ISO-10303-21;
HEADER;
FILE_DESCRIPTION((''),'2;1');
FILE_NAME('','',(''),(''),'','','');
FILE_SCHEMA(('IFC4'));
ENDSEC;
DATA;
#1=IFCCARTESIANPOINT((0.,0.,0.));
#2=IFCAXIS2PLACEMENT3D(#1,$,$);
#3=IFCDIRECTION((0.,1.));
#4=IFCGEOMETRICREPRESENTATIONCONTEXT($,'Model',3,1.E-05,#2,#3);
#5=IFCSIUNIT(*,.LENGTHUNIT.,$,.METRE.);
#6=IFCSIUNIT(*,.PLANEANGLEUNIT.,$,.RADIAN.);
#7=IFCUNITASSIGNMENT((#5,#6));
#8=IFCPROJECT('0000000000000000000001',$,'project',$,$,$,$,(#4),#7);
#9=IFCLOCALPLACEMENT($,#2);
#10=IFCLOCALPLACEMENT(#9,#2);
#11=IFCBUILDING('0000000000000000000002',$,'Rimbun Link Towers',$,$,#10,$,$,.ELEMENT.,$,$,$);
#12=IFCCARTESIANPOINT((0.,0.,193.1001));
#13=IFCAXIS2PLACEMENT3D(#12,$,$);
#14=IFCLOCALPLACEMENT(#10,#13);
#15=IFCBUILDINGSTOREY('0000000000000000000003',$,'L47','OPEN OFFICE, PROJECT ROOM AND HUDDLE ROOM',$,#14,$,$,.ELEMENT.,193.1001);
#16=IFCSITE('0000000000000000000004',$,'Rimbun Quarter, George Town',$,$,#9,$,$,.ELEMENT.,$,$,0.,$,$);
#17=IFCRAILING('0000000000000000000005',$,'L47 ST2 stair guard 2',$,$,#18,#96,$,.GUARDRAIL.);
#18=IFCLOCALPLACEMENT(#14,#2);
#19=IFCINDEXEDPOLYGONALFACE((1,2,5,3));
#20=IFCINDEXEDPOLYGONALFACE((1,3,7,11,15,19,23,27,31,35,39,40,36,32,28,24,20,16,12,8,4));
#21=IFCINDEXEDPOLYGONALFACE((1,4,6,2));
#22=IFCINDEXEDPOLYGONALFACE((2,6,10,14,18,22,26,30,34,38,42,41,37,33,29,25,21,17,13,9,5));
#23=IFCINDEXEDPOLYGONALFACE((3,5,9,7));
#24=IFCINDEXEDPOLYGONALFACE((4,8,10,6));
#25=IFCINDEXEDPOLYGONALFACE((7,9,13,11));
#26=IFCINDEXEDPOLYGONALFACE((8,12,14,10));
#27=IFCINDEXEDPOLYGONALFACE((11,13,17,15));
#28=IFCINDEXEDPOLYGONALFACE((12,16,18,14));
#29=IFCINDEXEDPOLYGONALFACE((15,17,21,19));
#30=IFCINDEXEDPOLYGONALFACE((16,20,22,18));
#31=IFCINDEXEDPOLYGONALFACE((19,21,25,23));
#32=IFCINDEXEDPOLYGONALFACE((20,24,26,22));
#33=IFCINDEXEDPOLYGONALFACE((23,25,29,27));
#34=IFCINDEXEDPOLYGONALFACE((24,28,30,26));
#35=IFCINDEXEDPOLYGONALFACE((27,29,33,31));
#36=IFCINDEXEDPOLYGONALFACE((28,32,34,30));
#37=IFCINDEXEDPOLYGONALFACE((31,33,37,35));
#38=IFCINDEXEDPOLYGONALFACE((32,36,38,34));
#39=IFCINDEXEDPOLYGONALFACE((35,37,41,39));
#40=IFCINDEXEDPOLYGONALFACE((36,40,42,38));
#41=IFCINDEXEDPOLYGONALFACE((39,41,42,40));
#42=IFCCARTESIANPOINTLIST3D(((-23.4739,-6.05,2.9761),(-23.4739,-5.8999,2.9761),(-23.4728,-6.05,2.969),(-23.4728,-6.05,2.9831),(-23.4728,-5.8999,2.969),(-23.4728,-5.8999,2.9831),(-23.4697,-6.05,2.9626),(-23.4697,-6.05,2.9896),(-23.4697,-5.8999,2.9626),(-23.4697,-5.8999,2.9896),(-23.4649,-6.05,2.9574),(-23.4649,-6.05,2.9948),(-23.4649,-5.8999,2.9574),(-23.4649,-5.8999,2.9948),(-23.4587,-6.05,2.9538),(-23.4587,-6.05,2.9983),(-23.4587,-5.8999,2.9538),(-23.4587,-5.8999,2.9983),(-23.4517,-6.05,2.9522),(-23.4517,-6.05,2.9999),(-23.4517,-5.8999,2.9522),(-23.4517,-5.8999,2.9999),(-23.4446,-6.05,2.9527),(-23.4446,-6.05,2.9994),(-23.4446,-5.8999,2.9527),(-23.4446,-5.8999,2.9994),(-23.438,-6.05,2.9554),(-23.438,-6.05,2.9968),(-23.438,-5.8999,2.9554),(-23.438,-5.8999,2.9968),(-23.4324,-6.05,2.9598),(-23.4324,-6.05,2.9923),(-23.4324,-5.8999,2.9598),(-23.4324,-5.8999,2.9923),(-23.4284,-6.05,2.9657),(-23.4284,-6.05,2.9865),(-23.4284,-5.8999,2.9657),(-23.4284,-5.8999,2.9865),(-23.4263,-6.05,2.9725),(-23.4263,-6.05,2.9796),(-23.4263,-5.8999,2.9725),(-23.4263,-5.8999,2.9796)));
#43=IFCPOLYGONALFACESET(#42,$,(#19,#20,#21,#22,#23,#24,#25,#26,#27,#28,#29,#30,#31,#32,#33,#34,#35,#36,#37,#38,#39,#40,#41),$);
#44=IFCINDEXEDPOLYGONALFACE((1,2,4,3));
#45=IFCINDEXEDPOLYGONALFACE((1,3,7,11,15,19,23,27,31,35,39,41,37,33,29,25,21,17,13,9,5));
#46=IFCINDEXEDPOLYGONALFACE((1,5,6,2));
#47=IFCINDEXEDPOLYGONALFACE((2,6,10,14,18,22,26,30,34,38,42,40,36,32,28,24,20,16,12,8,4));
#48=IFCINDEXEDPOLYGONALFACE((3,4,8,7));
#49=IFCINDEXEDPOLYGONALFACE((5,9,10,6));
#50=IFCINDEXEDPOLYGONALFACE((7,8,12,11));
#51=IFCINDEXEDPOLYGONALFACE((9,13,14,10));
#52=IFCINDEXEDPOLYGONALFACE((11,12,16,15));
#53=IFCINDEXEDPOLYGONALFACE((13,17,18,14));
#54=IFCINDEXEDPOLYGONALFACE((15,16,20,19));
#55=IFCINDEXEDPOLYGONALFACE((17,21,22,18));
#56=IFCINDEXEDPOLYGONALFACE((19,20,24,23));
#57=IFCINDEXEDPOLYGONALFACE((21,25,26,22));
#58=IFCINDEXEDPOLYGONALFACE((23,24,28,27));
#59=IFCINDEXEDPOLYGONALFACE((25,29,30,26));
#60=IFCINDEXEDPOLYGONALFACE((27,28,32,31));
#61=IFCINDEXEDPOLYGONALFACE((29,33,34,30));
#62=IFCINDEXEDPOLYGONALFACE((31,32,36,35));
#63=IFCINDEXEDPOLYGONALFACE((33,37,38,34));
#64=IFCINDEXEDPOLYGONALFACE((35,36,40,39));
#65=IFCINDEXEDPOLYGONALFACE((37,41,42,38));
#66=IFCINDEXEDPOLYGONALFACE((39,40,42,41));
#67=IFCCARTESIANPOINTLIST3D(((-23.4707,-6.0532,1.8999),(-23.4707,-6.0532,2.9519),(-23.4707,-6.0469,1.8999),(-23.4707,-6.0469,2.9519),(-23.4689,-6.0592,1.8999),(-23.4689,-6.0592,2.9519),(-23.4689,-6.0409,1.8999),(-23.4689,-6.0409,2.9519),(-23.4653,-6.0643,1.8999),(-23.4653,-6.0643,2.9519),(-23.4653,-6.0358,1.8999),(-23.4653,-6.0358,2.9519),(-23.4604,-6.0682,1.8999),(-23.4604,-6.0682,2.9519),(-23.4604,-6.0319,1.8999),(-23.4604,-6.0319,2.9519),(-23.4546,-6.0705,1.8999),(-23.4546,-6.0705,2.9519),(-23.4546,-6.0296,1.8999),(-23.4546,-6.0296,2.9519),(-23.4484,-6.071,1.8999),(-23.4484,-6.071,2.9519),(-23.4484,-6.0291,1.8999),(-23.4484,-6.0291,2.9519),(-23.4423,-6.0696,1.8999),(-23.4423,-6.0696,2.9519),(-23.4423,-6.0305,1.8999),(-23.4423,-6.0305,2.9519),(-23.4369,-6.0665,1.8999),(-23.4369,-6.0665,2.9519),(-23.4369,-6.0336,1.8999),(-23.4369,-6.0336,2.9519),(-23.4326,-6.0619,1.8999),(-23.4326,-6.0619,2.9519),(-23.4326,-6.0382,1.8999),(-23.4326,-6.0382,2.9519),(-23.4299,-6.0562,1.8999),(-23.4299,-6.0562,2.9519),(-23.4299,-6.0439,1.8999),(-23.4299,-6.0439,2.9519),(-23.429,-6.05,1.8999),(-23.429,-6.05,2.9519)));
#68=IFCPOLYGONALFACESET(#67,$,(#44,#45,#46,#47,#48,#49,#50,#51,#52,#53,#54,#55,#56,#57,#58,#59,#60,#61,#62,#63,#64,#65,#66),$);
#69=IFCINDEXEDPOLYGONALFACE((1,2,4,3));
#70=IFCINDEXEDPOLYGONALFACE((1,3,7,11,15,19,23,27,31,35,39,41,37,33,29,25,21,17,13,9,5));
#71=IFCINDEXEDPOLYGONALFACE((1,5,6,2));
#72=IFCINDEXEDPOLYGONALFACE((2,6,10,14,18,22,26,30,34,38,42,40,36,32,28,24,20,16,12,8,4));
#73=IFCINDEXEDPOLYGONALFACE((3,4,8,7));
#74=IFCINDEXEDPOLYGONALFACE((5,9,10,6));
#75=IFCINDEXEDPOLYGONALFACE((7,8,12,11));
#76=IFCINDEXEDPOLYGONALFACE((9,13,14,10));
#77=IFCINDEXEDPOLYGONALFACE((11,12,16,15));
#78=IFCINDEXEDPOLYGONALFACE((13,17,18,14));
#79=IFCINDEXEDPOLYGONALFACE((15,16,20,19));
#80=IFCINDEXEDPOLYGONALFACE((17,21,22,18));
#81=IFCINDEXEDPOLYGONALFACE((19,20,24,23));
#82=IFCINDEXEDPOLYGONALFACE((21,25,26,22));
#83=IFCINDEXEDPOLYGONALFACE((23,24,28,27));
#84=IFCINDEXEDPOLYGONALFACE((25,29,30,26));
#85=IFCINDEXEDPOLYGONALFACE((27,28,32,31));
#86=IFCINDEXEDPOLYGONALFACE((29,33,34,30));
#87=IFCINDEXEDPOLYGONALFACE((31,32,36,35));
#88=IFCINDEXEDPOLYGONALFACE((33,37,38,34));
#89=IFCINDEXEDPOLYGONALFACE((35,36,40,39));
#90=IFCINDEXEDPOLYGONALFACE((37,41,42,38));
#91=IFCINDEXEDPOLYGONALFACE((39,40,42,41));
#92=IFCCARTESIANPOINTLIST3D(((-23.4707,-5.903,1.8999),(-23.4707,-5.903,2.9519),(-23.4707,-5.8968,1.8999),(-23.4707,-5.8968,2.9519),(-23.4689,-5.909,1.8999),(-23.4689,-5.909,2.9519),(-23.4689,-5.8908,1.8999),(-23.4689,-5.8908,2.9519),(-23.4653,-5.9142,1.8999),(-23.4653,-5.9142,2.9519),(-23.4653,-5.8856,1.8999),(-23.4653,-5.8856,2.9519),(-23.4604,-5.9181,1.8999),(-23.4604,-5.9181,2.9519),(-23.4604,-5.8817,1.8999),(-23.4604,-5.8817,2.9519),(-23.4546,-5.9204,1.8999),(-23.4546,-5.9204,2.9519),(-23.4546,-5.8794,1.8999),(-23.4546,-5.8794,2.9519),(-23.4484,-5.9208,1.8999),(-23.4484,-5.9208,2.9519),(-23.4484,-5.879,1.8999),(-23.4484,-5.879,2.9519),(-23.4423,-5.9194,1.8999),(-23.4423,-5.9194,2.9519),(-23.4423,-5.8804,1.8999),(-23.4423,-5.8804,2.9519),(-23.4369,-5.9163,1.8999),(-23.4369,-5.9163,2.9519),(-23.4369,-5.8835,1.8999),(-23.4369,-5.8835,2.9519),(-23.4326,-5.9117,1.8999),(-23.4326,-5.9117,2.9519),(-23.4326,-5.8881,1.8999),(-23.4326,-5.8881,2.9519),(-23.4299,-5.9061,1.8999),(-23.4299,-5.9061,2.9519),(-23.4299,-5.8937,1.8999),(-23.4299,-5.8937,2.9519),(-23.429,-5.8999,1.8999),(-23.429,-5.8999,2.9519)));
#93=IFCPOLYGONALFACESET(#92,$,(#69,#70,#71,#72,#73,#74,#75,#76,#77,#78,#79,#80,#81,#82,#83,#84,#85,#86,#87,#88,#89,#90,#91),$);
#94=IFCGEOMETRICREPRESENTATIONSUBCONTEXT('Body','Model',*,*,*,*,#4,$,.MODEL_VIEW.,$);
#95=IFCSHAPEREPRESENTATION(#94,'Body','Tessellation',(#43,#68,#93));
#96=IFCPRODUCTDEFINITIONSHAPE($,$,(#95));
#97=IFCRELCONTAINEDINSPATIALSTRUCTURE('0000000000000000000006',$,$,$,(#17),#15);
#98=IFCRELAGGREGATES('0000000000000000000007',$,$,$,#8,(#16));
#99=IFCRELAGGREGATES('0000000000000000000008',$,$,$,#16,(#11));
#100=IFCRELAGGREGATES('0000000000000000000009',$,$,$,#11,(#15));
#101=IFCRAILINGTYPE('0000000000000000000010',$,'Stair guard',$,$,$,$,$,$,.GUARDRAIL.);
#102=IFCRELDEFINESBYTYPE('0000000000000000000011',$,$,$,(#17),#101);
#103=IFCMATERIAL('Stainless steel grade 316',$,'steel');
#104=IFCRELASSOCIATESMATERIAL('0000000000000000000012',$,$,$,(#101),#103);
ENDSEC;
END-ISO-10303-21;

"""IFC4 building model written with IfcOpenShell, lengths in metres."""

from ifc_helpers import new_model, si_unit, direction, frame, origin, origin_2d, place, context, subcontext, project, spatial, circle, extrude, material, type_object, element, save


model = new_model("IFC4")

# Units and contexts
model_context = context("Model", 3, precision=1e-05, world=origin(), true_north=direction((0.0, 1.0)))
body_context = subcontext(model_context, "Body", "Model", "MODEL_VIEW")
ifc_project = project(units=[si_unit("LENGTHUNIT", "METRE"), si_unit("PLANEANGLEUNIT", "RADIAN")], contexts=[model_context])

# Site, building, storey
site_placement = place(None, origin())
site = spatial("IfcSite", under=ifc_project, at=site_placement, Name="Rimbun Quarter, George Town", CompositionType="ELEMENT", RefElevation=0.0)
building_placement = place(site_placement, origin())
building = spatial("IfcBuilding", under=site, at=building_placement, Name="Rimbun Link Towers", CompositionType="ELEMENT")
storey_placement = place(building_placement, frame((0.0, 0.0, 193.1001)))
storey = spatial("IfcBuildingStorey", under=building, at=storey_placement, Name="L47", Description="OPEN OFFICE, PROJECT ROOM AND HUDDLE ROOM", CompositionType="ELEMENT", Elevation=193.1001)

# Railing
ifc_material_1 = material(Name="Stainless steel grade 316", Category="steel")
railing_type_1 = type_object("IfcRailingType", Name="Stair guard", PredefinedType="GUARDRAIL", material=ifc_material_1)
railing_1_placement = place(storey_placement, frame((-23.45, -6.05, 1.8999)))
element("IfcRailing", 1, at=railing_1_placement, inside=storey, type_object=railing_type_1, Name="L47 ST2 stair guard 2", PredefinedType="GUARDRAIL", context=body_context, shape_type="SweptSolid", body=[
    extrude(circle(Radius=0.0239, at=origin_2d()), frame((0.0, 0.0, 1.0762), z_axis=(0.0, 1.0, 0.0), x_axis=(-1.0, 0.0, 0.0)), (0.0, 0.0, 1.0), 0.1501),
    extrude(circle(Radius=0.021, at=origin_2d()), origin(), (0.0, 0.0, 1.0), 1.052),
    extrude(circle(Radius=0.021, at=origin_2d()), frame((0.0, 0.1501, 0.0)), (0.0, 0.0, 1.0), 1.052),
])

save(model, "model.ifc")
